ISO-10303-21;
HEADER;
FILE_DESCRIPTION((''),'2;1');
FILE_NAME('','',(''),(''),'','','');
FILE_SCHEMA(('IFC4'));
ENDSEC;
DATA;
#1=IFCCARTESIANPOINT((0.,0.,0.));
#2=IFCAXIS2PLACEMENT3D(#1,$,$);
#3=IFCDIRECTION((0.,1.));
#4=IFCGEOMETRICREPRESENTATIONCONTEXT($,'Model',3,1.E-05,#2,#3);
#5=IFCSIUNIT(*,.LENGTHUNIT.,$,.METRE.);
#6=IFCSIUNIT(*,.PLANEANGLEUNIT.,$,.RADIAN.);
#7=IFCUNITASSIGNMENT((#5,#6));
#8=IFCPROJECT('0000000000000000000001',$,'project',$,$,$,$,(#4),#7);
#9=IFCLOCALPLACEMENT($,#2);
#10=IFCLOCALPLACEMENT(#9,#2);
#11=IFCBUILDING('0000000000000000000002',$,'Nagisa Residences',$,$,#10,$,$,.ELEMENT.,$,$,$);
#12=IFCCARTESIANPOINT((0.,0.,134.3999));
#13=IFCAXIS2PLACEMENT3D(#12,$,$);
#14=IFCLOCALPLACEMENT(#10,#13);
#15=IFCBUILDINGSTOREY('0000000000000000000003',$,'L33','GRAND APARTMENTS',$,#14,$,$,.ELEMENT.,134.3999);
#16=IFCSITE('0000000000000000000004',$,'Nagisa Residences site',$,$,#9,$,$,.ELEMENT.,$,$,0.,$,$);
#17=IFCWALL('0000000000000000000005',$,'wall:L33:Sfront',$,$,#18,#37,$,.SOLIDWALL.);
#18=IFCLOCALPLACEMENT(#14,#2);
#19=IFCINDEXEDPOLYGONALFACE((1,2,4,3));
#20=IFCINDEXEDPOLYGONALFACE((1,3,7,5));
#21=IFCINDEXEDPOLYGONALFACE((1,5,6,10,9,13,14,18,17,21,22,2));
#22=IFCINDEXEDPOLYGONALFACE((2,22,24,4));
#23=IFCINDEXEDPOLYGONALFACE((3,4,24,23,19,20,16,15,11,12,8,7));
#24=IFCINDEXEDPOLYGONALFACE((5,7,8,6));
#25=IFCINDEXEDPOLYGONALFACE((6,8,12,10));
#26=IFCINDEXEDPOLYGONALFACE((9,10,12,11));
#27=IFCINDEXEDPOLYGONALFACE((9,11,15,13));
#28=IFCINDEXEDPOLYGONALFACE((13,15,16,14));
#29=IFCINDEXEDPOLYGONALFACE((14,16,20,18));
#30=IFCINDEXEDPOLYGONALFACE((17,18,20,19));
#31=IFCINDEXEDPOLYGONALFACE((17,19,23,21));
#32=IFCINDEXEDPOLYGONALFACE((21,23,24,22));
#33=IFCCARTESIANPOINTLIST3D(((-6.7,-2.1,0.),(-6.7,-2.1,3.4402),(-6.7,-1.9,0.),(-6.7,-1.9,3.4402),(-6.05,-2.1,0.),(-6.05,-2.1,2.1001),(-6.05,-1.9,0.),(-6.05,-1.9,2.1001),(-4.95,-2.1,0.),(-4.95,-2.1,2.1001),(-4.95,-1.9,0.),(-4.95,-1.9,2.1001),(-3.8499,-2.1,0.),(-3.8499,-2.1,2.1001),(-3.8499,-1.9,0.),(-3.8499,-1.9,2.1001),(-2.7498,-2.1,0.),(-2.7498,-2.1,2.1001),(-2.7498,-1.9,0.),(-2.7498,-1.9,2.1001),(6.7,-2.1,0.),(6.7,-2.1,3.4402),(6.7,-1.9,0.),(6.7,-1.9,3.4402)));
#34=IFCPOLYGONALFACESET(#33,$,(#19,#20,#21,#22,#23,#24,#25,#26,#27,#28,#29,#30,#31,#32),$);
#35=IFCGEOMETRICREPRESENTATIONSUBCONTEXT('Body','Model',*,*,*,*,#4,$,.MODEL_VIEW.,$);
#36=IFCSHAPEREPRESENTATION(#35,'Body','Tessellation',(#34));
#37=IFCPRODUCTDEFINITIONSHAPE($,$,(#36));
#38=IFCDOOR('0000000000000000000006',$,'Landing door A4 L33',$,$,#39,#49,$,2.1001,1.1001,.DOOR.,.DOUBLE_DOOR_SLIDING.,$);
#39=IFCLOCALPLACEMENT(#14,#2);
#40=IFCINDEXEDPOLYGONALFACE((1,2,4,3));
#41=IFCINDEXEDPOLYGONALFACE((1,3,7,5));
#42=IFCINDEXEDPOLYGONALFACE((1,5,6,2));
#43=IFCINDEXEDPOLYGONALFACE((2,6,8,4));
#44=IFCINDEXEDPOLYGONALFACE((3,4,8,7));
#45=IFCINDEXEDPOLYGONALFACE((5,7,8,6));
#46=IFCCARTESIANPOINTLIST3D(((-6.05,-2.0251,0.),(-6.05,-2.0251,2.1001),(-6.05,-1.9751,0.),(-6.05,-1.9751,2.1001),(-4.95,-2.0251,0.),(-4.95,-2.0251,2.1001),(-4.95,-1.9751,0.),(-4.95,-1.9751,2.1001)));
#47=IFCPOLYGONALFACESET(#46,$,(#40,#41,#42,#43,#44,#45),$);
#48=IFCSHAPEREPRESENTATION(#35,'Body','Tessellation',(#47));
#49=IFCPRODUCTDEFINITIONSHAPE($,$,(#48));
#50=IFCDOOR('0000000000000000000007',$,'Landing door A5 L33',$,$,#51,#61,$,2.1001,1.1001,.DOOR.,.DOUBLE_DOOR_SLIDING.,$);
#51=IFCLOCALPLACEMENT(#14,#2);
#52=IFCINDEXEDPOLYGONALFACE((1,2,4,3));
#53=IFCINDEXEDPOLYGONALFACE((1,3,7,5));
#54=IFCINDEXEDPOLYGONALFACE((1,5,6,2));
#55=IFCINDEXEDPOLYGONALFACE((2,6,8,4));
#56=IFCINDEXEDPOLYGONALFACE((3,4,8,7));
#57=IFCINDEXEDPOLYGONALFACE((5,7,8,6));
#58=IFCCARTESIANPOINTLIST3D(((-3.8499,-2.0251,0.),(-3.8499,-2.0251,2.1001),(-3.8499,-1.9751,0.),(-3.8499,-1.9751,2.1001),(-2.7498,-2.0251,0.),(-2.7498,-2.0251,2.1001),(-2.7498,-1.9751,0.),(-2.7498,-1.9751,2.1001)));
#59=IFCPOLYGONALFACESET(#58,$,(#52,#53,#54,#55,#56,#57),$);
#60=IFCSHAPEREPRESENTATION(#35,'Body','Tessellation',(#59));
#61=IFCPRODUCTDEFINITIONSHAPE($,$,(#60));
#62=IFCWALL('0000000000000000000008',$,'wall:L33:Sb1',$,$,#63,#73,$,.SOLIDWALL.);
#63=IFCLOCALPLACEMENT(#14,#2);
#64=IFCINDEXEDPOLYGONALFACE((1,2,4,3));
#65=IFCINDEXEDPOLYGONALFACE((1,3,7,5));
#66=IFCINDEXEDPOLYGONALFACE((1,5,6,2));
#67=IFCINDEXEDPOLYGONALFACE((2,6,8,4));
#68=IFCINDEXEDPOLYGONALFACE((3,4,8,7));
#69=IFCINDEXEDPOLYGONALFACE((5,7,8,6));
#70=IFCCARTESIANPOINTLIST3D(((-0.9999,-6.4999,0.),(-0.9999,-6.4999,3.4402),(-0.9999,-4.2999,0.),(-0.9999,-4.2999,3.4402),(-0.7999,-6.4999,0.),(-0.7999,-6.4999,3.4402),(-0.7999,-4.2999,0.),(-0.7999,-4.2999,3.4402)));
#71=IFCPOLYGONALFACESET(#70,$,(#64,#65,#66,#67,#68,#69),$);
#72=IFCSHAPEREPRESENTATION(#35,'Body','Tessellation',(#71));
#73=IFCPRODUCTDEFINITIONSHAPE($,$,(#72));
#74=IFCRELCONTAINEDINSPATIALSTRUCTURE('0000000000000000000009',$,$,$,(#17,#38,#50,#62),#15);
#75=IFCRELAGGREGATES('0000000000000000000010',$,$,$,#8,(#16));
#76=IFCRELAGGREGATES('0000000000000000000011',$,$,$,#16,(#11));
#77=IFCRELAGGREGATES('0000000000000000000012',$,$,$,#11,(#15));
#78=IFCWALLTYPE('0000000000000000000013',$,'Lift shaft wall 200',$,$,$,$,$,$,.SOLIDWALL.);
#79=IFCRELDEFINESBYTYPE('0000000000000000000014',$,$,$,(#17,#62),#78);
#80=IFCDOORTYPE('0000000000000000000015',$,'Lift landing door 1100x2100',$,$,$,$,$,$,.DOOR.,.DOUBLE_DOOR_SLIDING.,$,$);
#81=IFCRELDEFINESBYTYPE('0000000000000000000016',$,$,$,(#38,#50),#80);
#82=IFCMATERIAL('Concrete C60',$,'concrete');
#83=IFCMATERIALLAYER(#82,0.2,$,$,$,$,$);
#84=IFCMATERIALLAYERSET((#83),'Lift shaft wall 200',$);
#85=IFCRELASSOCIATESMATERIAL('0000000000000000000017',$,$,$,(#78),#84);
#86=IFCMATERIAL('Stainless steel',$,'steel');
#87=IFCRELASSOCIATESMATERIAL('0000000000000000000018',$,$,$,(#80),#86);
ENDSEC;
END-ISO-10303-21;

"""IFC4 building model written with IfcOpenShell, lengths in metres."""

from ifc_helpers import new_model, si_unit, direction, frame, frame_2d, origin, place, context, subcontext, project, spatial, rectangle, extrude, material, layer, layer_set, type_object, element, fill, save


model = new_model("IFC4")

# Units and contexts
model_context = context("Model", 3, precision=1e-05, world=origin(), true_north=direction((0.0, 1.0)))
body_context = subcontext(model_context, "Body", "Model", "MODEL_VIEW")
ifc_project = project(units=[si_unit("LENGTHUNIT", "METRE"), si_unit("PLANEANGLEUNIT", "RADIAN")], contexts=[model_context])

# Site, building, storey
site_placement = place(None, origin())
site = spatial("IfcSite", under=ifc_project, at=site_placement, Name="Nagisa Residences site", CompositionType="ELEMENT", RefElevation=0.0)
building_placement = place(site_placement, origin())
building = spatial("IfcBuilding", under=site, at=building_placement, Name="Nagisa Residences", CompositionType="ELEMENT")
storey_placement = place(building_placement, frame((0.0, 0.0, 134.3999)))
storey = spatial("IfcBuildingStorey", under=building, at=storey_placement, Name="L33", Description="GRAND APARTMENTS", CompositionType="ELEMENT", Elevation=134.3999)

# Shared definitions
ifc_material_1 = material(Name="Concrete C60", Category="concrete")
ifc_layer_1 = layer(ifc_material_1, 0.2)
ifc_layer_set_1 = layer_set([ifc_layer_1], Name="Lift shaft wall 200")
wall_type_1 = type_object("IfcWallType", Name="Lift shaft wall 200", PredefinedType="SOLIDWALL", material=ifc_layer_set_1)

# Wall, openings, doors
wall_1_placement = place(storey_placement, frame((-6.7, -2.0, 0.0), z_axis=(0.0, 0.0, 1.0), x_axis=(1.0, 0.0, 0.0)))
wall_1 = element("IfcWall", 1, at=wall_1_placement, inside=storey, type_object=wall_type_1, Name="wall:L33:Sfront", PredefinedType="SOLIDWALL", context=body_context, shape_type="SweptSolid", body=[
    extrude(rectangle(XDim=13.3999, YDim=0.2, at=frame_2d((6.7, 0.0))), origin(), (0.0, 0.0, 1.0), 3.4402),
])
opening_1_placement = place(wall_1_placement, frame((0.6499, 0.0, 0.0)))
opening_1 = element("IfcOpeningElement", 2, at=opening_1_placement, cuts=wall_1, PredefinedType="OPENING", context=body_context, shape_type="SweptSolid", body=[
    extrude(rectangle(XDim=1.1001, YDim=2.1001, at=frame_2d((0.55, 1.05))), frame((0.0, 0.1099, 0.0), z_axis=(0.0, -1.0, 0.0), x_axis=(1.0, 0.0, 0.0)), (0.0, 0.0, 1.0), 0.22),
])
opening_2_placement = place(wall_1_placement, frame((2.8501, 0.0, 0.0)))
opening_2 = element("IfcOpeningElement", 3, at=opening_2_placement, cuts=wall_1, PredefinedType="OPENING", context=body_context, shape_type="SweptSolid", body=[
    extrude(rectangle(XDim=1.1001, YDim=2.1001, at=frame_2d((0.55, 1.05))), frame((0.0, 0.1099, 0.0), z_axis=(0.0, -1.0, 0.0), x_axis=(1.0, 0.0, 0.0)), (0.0, 0.0, 1.0), 0.22),
])
ifc_material_2 = material(Name="Stainless steel", Category="steel")
door_type_1 = type_object("IfcDoorType", Name="Lift landing door 1100x2100", OperationType="DOUBLE_DOOR_SLIDING", PredefinedType="DOOR", material=ifc_material_2)
door_1_placement = place(opening_1_placement, origin())
door_1 = element("IfcDoor", 4, at=door_1_placement, inside=storey, type_object=door_type_1, Name="Landing door A4 L33", OperationType="DOUBLE_DOOR_SLIDING", OverallHeight=2.1001, OverallWidth=1.1001, PredefinedType="DOOR", context=body_context, shape_type="SweptSolid", body=[
    extrude(rectangle(XDim=1.1001, YDim=2.1001, at=frame_2d((0.55, 1.05))), frame((0.0, 0.0249, 0.0), z_axis=(0.0, -1.0, 0.0), x_axis=(1.0, 0.0, 0.0)), (0.0, 0.0, 1.0), 0.05),
])
fill(opening_1, door_1)
door_2_placement = place(opening_2_placement, origin())
door_2 = element("IfcDoor", 5, at=door_2_placement, inside=storey, type_object=door_type_1, Name="Landing door A5 L33", OperationType="DOUBLE_DOOR_SLIDING", OverallHeight=2.1001, OverallWidth=1.1001, PredefinedType="DOOR", context=body_context, shape_type="SweptSolid", body=[
    extrude(rectangle(XDim=1.1001, YDim=2.1001, at=frame_2d((0.55, 1.05))), frame((0.0, 0.0249, 0.0), z_axis=(0.0, -1.0, 0.0), x_axis=(1.0, 0.0, 0.0)), (0.0, 0.0, 1.0), 0.05),
])
fill(opening_2, door_2)

# Wall
wall_2_placement = place(storey_placement, frame((-0.8999, -6.5, 0.0), z_axis=(0.0, 0.0, 1.0), x_axis=(0.0, 1.0, 0.0)))
element("IfcWall", 6, at=wall_2_placement, inside=storey, type_object=wall_type_1, Name="wall:L33:Sb1", PredefinedType="SOLIDWALL", context=body_context, shape_type="SweptSolid", body=[
    extrude(rectangle(XDim=2.2, YDim=0.2, at=frame_2d((1.1001, 0.0))), origin(), (0.0, 0.0, 1.0), 3.4402),
])

save(model, "model.ifc")
